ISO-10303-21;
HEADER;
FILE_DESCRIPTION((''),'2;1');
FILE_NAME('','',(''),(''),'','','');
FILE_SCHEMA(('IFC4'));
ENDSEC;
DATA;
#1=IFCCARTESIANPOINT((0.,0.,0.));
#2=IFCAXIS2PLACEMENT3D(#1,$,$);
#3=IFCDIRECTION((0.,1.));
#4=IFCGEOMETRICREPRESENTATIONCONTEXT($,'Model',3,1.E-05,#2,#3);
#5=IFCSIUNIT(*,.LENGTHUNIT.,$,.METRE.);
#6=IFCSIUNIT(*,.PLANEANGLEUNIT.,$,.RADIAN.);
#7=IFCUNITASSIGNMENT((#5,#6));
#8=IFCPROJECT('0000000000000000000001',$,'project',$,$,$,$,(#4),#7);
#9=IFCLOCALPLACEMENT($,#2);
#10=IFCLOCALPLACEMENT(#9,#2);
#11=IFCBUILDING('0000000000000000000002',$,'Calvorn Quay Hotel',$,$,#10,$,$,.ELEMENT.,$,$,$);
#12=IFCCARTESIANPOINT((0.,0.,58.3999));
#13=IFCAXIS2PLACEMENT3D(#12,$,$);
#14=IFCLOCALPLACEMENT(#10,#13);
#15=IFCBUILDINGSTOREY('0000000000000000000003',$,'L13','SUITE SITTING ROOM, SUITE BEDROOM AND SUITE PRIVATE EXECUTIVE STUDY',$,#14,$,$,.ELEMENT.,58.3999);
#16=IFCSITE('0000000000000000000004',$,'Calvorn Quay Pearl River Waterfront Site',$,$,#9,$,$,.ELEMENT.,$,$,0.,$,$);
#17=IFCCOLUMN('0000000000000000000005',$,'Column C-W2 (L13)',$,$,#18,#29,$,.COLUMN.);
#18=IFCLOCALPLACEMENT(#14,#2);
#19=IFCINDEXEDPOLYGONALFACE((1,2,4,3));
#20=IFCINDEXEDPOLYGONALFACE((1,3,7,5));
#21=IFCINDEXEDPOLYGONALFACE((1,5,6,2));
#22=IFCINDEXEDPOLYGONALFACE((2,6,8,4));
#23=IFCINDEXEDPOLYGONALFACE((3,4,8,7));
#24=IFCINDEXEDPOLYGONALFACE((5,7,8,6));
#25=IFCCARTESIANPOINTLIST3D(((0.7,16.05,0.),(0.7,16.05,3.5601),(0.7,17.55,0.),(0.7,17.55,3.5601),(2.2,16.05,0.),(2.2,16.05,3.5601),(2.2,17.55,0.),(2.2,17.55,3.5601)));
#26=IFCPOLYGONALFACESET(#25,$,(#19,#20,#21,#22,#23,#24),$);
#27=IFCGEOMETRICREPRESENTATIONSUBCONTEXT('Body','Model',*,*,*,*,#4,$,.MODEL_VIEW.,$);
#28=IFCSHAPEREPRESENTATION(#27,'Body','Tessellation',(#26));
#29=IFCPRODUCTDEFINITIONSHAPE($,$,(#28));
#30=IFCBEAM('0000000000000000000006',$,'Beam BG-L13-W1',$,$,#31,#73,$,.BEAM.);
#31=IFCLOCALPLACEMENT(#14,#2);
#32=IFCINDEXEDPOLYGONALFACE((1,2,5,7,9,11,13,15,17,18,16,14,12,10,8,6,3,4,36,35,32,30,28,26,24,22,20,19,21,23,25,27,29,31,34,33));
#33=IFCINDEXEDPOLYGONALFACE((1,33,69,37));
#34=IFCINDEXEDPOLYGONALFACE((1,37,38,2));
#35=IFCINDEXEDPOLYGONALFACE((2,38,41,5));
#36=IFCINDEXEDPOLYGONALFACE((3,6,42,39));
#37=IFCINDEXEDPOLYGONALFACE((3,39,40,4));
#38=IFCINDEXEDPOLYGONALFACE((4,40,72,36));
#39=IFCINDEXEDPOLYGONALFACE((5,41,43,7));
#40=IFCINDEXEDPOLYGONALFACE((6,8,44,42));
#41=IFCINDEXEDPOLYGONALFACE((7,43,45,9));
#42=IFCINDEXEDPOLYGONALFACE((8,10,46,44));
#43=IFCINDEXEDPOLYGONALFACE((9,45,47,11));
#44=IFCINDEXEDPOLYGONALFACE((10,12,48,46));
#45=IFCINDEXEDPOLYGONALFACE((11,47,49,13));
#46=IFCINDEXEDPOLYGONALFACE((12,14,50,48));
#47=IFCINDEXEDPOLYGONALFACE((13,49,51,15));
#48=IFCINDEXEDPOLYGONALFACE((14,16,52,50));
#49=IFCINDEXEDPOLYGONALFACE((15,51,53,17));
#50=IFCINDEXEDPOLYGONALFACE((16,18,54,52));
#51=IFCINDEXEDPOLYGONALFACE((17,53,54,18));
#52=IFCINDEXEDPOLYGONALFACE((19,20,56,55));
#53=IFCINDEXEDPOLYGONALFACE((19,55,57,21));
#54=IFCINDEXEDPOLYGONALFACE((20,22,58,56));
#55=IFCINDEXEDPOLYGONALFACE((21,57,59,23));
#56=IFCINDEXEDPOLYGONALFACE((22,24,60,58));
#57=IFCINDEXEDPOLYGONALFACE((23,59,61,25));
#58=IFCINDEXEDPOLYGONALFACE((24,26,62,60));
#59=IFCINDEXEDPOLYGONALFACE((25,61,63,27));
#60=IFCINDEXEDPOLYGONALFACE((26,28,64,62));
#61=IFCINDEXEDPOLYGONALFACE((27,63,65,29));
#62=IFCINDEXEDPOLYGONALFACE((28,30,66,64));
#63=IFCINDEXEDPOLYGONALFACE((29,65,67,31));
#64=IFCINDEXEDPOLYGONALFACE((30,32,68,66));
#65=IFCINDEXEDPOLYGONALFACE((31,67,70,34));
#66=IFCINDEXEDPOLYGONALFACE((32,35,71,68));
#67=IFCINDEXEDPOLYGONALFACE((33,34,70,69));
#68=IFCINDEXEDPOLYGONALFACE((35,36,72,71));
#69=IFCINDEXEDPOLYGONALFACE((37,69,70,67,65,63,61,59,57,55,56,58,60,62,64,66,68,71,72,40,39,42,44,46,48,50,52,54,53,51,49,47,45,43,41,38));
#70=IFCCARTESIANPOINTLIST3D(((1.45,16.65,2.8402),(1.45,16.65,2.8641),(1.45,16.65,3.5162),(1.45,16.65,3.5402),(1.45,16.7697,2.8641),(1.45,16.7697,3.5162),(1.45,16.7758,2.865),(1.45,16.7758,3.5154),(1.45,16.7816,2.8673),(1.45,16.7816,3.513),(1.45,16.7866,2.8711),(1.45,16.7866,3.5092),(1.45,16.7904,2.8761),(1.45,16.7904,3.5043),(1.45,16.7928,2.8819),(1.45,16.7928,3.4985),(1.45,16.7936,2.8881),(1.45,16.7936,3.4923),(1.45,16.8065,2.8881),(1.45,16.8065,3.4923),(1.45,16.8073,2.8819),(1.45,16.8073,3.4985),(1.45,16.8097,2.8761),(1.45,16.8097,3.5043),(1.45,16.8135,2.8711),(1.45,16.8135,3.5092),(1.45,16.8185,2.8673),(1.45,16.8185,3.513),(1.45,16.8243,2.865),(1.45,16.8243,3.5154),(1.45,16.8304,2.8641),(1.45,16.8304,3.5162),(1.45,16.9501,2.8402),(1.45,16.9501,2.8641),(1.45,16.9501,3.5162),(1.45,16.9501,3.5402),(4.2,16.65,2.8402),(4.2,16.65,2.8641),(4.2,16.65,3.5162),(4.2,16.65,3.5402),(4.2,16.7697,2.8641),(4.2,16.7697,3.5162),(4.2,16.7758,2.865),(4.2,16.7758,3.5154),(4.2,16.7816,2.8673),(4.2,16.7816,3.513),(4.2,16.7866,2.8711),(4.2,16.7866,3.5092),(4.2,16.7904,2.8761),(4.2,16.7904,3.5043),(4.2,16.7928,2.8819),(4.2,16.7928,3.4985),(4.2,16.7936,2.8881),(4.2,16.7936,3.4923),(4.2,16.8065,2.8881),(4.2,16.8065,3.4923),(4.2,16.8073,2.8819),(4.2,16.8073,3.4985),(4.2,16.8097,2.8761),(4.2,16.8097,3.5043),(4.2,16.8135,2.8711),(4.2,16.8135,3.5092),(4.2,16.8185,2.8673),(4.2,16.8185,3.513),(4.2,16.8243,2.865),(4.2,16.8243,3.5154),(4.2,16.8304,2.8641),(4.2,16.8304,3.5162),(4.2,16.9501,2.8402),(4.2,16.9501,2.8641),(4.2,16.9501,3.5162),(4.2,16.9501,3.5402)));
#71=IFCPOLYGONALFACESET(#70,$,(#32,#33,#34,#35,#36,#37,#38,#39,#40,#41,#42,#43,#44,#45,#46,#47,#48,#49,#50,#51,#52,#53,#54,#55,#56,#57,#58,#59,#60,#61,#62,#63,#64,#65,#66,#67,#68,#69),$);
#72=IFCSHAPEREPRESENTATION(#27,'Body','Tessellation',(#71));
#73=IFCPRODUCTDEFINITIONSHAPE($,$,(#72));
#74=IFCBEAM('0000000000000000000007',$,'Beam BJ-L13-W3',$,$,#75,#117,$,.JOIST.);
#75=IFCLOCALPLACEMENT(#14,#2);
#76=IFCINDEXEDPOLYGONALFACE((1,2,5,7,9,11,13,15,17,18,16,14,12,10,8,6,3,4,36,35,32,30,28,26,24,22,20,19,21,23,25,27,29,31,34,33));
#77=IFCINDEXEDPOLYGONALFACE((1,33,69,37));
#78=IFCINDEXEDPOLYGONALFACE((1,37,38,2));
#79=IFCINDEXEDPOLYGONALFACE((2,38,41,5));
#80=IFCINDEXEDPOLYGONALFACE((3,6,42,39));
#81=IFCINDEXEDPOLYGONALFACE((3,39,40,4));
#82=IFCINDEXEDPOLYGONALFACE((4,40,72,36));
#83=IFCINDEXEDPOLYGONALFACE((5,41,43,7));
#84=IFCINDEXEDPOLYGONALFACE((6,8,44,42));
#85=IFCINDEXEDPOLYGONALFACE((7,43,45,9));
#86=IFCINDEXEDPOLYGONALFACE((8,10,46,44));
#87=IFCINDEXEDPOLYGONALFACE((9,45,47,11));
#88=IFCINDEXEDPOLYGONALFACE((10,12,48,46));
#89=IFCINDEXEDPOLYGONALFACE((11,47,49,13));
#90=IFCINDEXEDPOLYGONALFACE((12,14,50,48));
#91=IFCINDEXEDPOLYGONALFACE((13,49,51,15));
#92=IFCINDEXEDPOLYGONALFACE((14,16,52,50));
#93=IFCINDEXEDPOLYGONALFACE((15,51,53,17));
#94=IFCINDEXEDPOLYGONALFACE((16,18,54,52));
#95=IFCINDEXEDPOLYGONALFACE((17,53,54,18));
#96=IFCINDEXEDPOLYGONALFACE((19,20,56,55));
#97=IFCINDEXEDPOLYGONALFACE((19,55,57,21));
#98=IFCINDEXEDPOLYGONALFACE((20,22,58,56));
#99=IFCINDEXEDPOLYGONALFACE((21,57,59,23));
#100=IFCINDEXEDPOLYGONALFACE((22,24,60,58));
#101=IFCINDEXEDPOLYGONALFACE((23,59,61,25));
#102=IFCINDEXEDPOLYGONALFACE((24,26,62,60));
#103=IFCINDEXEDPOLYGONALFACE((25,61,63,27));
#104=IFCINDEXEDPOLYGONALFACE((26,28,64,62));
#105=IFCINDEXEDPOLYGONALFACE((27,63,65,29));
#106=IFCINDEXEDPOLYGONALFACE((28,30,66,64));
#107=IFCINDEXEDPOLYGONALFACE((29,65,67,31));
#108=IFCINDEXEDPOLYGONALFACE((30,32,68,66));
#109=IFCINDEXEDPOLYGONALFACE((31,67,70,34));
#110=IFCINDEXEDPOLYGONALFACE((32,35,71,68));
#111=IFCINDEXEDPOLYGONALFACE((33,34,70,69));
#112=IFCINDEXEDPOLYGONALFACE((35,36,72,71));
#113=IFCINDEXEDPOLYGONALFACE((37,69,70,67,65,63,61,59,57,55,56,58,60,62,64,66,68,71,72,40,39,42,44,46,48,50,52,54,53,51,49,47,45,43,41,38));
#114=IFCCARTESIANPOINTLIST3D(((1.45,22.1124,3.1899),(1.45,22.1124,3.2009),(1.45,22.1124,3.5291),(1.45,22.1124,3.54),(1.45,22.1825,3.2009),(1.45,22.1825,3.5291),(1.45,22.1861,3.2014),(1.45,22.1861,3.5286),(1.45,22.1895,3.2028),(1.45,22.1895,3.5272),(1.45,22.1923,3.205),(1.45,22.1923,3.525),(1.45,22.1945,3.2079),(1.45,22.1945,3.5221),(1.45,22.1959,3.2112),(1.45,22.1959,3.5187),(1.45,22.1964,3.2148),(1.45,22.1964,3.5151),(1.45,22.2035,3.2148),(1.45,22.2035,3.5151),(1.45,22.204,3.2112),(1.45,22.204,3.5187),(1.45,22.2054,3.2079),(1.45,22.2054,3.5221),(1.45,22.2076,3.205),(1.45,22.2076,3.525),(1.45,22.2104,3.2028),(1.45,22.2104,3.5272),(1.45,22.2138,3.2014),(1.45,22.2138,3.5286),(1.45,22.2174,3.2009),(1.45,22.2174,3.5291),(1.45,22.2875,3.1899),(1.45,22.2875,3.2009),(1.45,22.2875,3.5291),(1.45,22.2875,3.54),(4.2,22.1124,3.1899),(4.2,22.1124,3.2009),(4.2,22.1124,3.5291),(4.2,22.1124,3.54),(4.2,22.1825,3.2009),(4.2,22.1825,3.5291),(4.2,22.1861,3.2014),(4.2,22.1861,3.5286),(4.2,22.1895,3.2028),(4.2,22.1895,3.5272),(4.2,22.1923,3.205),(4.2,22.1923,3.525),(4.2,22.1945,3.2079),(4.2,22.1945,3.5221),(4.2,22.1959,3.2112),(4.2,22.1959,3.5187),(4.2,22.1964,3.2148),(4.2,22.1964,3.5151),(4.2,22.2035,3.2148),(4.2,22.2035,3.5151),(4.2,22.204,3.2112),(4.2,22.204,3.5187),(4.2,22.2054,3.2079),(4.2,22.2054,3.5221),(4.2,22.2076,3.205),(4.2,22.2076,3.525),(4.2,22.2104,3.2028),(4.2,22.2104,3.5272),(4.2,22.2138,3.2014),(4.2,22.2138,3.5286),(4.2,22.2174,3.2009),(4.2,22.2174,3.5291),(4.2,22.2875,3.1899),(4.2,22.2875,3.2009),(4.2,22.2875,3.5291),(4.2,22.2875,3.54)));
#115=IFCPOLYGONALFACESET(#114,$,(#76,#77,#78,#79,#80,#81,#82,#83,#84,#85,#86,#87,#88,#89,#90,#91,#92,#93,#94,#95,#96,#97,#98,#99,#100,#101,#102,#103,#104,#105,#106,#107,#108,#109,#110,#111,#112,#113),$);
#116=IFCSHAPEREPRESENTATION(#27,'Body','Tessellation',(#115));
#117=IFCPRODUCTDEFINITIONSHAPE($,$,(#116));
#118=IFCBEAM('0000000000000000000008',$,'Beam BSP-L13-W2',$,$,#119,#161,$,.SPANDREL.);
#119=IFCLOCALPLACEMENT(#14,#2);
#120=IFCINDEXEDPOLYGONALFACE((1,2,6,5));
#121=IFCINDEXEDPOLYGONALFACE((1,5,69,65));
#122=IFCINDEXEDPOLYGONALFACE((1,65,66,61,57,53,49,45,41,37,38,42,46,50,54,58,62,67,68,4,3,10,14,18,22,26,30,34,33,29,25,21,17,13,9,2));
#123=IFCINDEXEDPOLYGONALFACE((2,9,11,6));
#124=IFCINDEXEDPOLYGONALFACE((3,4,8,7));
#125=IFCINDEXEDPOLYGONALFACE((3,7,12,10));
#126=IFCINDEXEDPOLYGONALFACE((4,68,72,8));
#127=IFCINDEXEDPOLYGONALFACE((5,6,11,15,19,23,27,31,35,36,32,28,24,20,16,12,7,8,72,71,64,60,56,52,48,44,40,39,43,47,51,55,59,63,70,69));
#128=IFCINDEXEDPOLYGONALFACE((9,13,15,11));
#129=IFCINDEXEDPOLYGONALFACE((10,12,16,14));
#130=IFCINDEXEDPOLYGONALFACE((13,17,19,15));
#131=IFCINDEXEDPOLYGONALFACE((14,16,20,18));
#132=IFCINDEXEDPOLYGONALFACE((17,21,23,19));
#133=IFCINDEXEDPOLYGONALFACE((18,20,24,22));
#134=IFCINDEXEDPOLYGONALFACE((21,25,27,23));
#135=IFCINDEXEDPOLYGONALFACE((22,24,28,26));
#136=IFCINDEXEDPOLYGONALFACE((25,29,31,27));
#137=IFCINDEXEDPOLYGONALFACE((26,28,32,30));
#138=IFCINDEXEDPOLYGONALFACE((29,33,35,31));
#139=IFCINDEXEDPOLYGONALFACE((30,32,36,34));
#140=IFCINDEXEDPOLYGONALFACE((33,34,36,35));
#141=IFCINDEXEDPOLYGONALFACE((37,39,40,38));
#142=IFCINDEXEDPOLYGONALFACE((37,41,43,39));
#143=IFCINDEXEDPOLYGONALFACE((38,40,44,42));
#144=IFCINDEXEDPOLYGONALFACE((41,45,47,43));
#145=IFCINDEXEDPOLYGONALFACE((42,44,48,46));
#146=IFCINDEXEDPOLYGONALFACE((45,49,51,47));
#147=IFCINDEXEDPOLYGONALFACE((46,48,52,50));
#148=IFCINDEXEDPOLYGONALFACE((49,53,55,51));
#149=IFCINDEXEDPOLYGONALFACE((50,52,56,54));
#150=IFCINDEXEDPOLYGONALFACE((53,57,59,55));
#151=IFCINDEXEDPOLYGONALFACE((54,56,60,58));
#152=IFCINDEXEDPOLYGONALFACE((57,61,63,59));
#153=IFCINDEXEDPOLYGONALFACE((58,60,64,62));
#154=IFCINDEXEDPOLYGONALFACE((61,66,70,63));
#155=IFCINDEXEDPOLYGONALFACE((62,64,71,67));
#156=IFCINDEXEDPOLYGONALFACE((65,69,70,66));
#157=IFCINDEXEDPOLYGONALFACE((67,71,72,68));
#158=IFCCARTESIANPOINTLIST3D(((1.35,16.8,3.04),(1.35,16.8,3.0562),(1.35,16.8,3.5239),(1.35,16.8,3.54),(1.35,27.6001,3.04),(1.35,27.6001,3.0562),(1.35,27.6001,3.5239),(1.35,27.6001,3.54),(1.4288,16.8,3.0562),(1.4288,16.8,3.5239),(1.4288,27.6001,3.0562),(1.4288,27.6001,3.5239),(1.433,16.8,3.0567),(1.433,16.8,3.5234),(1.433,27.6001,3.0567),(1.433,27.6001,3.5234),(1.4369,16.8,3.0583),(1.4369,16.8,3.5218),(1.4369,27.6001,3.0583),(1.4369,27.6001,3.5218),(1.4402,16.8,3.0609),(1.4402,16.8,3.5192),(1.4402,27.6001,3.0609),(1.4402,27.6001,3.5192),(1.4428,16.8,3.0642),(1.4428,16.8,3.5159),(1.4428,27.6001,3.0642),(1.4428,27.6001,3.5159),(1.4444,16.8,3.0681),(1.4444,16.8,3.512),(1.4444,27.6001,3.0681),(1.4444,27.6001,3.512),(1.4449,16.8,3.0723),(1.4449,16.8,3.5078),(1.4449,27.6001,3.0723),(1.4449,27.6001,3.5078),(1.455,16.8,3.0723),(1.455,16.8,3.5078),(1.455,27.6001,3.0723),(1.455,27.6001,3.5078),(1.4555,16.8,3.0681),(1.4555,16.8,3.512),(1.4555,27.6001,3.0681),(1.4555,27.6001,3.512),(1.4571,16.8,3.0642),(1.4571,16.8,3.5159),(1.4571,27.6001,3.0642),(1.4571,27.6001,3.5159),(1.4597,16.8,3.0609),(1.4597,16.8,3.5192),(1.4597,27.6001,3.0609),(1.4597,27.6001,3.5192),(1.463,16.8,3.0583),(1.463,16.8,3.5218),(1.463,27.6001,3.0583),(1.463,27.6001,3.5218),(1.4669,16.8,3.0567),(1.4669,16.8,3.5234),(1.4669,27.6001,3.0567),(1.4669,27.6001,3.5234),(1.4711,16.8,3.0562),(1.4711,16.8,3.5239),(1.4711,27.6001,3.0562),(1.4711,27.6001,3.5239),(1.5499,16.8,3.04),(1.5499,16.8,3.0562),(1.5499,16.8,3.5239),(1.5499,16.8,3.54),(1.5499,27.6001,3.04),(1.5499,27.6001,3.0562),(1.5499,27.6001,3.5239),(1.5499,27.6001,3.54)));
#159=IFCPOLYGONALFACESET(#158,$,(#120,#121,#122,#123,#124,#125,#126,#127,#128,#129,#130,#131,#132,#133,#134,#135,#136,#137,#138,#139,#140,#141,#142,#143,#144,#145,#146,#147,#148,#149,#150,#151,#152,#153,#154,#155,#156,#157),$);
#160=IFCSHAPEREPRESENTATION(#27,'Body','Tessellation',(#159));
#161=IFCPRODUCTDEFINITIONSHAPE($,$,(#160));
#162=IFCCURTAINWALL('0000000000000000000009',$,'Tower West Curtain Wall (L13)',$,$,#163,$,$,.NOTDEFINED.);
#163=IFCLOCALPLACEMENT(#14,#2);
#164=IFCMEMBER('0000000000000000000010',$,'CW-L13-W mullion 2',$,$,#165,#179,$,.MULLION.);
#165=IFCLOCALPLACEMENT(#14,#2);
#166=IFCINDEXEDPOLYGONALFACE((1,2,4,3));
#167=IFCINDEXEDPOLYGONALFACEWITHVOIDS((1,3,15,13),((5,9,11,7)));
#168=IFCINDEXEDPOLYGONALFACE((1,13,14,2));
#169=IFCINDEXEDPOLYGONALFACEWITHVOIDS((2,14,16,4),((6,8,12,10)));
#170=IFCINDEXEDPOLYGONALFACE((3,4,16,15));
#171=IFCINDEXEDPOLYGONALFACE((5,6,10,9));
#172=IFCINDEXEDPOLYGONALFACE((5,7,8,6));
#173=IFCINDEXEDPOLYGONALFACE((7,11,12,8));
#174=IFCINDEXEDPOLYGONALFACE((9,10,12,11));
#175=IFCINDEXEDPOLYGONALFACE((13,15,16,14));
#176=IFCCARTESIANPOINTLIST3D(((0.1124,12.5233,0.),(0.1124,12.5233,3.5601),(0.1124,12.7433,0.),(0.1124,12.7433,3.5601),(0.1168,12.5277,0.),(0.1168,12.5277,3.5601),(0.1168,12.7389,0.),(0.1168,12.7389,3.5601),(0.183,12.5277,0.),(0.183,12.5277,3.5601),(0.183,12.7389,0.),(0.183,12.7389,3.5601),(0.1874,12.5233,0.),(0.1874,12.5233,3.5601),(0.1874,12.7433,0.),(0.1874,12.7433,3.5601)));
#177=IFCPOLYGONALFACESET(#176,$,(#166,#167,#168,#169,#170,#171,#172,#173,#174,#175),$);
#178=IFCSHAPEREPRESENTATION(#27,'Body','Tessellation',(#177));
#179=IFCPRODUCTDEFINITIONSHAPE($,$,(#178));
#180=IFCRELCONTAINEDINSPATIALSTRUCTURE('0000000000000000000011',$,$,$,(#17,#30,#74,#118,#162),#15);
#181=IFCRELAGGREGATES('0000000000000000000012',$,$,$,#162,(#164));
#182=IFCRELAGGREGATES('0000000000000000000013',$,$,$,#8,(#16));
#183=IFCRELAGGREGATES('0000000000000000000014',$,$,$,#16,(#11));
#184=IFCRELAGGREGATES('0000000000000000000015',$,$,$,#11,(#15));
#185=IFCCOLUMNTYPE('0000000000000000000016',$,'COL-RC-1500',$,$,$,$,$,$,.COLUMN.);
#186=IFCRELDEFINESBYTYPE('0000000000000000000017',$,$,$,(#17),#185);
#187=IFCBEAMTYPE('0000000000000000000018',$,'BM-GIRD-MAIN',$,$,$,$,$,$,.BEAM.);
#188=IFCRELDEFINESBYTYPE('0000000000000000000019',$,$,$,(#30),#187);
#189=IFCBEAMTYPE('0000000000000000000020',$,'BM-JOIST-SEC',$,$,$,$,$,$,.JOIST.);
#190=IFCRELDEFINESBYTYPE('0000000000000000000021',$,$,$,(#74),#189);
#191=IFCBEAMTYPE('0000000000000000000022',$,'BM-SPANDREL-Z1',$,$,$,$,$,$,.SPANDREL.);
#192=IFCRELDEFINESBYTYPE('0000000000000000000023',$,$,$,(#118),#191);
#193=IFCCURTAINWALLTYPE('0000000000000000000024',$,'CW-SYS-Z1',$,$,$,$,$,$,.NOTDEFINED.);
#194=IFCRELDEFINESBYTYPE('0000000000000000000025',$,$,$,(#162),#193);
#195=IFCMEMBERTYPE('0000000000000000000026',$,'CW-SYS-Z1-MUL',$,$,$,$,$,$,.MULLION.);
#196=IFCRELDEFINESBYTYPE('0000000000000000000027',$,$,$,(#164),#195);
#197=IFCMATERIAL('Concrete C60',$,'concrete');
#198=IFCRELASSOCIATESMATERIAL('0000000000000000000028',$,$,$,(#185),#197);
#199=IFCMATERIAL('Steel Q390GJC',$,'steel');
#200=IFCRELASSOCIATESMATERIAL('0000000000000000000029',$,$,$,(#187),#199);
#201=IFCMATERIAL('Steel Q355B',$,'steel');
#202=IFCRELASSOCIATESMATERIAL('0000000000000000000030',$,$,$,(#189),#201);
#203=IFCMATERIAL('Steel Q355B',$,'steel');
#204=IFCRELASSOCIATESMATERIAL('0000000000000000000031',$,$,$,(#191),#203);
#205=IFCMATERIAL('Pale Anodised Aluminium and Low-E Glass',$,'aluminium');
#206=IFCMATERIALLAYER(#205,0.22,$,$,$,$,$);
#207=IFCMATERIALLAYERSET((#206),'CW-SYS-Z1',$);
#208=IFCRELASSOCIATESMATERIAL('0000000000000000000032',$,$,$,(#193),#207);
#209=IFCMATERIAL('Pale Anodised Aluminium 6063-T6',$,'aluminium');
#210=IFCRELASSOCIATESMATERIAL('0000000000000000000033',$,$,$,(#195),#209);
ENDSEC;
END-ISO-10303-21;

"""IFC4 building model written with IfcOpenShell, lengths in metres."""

from ifc_helpers import new_model, si_unit, direction, frame, origin, origin_2d, place, context, subcontext, project, spatial, rectangle, hollow_rectangle, i_section, extrude, material, layer, layer_set, material_profile, profile_set, type_object, element, aggregate, save


model = new_model("IFC4")

# Units and contexts
model_context = context("Model", 3, precision=1e-05, world=origin(), true_north=direction((0.0, 1.0)))
body_context = subcontext(model_context, "Body", "Model", "MODEL_VIEW")
ifc_project = project(units=[si_unit("LENGTHUNIT", "METRE"), si_unit("PLANEANGLEUNIT", "RADIAN")], contexts=[model_context])

# Site, building, storey
site_placement = place(None, origin())
site = spatial("IfcSite", under=ifc_project, at=site_placement, Name="Calvorn Quay Pearl River Waterfront Site", CompositionType="ELEMENT", RefElevation=0.0)
building_placement = place(site_placement, origin())
building = spatial("IfcBuilding", under=site, at=building_placement, Name="Calvorn Quay Hotel", CompositionType="ELEMENT")
storey_placement = place(building_placement, frame((0.0, 0.0, 58.3999)))
storey = spatial("IfcBuildingStorey", under=building, at=storey_placement, Name="L13", Description="SUITE SITTING ROOM, SUITE BEDROOM AND SUITE PRIVATE EXECUTIVE STUDY", CompositionType="ELEMENT", Elevation=58.3999)

# Column
ifc_material_1 = material(Name="Concrete C60", Category="concrete")
ifc_material_profile_1 = material_profile(ifc_material_1, rectangle(XDim=1.5, YDim=1.5, at=origin_2d()), Name="RC1500x1500")
ifc_profile_set_1 = profile_set([ifc_material_profile_1], Name="Concrete C60")
column_type = type_object("IfcColumnType", Name="COL-RC-1500", PredefinedType="COLUMN", material=ifc_profile_set_1)
column_placement = place(storey_placement, frame((1.45, 16.8, 0.0), z_axis=(0.0, 0.0, 1.0), x_axis=(1.0, 0.0, 0.0)))
element("IfcColumn", 1, at=column_placement, inside=storey, type_object=column_type, Name="Column C-W2 (L13)", PredefinedType="COLUMN", context=body_context, shape_type="SweptSolid", body=[
    extrude(rectangle(XDim=1.5, YDim=1.5, at=origin_2d()), origin(), (0.0, 0.0, 1.0), 3.5601),
])

# Beams
ifc_material_2 = material(Name="Steel Q390GJC", Category="steel")
ifc_material_profile_2 = material_profile(ifc_material_2, i_section(OverallWidth=0.3, OverallDepth=0.7, WebThickness=0.0129, FlangeThickness=0.0239, FilletRadius=0.0239, at=origin_2d()), Name="HN700x300x13x24")
ifc_profile_set_2 = profile_set([ifc_material_profile_2], Name="Steel Q390GJC")
beam_type_1 = type_object("IfcBeamType", Name="BM-GIRD-MAIN", PredefinedType="BEAM", material=ifc_profile_set_2)
beam_1_placement = place(storey_placement, frame((1.45, 16.8, 3.1902), z_axis=(1.0, 0.0, 0.0), x_axis=(0.0, 1.0, 0.0)))
element("IfcBeam", 2, at=beam_1_placement, inside=storey, type_object=beam_type_1, Name="Beam BG-L13-W1", PredefinedType="BEAM", context=body_context, shape_type="SweptSolid", body=[
    extrude(i_section(OverallWidth=0.3, OverallDepth=0.7, WebThickness=0.0129, FlangeThickness=0.0239, FilletRadius=0.0239, at=origin_2d()), origin(), (0.0, 0.0, 1.0), 2.75),
])
ifc_material_3 = material(Name="Steel Q355B", Category="steel")
ifc_material_profile_3 = material_profile(ifc_material_3, i_section(OverallWidth=0.175, OverallDepth=0.3501, WebThickness=0.0071, FlangeThickness=0.011, FilletRadius=0.0139, at=origin_2d()), Name="HN350x175x7x11")
ifc_profile_set_3 = profile_set([ifc_material_profile_3], Name="Steel Q355B")
beam_type_2 = type_object("IfcBeamType", Name="BM-JOIST-SEC", PredefinedType="JOIST", material=ifc_profile_set_3)
beam_2_placement = place(storey_placement, frame((1.45, 22.2, 3.365), z_axis=(1.0, 0.0, 0.0), x_axis=(0.0, 1.0, 0.0)))
element("IfcBeam", 3, at=beam_2_placement, inside=storey, type_object=beam_type_2, Name="Beam BJ-L13-W3", PredefinedType="JOIST", context=body_context, shape_type="SweptSolid", body=[
    extrude(i_section(OverallWidth=0.175, OverallDepth=0.3501, WebThickness=0.0071, FlangeThickness=0.011, FilletRadius=0.0139, at=origin_2d()), origin(), (0.0, 0.0, 1.0), 2.75),
])
ifc_material_4 = material(Name="Steel Q355B", Category="steel")
ifc_material_profile_4 = material_profile(ifc_material_4, i_section(OverallWidth=0.2, OverallDepth=0.5, WebThickness=0.01, FlangeThickness=0.0161, FilletRadius=0.0161, at=origin_2d()), Name="HN500x200x10x16")
ifc_profile_set_4 = profile_set([ifc_material_profile_4], Name="Steel Q355B")
beam_type_3 = type_object("IfcBeamType", Name="BM-SPANDREL-Z1", PredefinedType="SPANDREL", material=ifc_profile_set_4)
beam_3_placement = place(storey_placement, frame((1.45, 16.8, 3.29), z_axis=(0.0, 1.0, 0.0), x_axis=(-1.0, 0.0, 0.0)))
element("IfcBeam", 4, at=beam_3_placement, inside=storey, type_object=beam_type_3, Name="Beam BSP-L13-W2", PredefinedType="SPANDREL", context=body_context, shape_type="SweptSolid", body=[
    extrude(i_section(OverallWidth=0.2, OverallDepth=0.5, WebThickness=0.01, FlangeThickness=0.0161, FilletRadius=0.0161, at=origin_2d()), origin(), (0.0, 0.0, 1.0), 10.8),
])

# Curtain wall, member
ifc_material_5 = material(Name="Pale Anodised Aluminium and Low-E Glass", Category="aluminium")
ifc_layer_1 = layer(ifc_material_5, 0.22)
ifc_layer_set_1 = layer_set([ifc_layer_1], Name="CW-SYS-Z1")
curtain_wall_type = type_object("IfcCurtainWallType", Name="CW-SYS-Z1", PredefinedType="NOTDEFINED", material=ifc_layer_set_1)
curtain_wall_placement = place(storey_placement, origin())
curtain_wall = element("IfcCurtainWall", 5, at=curtain_wall_placement, inside=storey, type_object=curtain_wall_type, Name="Tower West Curtain Wall (L13)", PredefinedType="NOTDEFINED")
ifc_material_6 = material(Name="Pale Anodised Aluminium 6063-T6", Category="aluminium")
ifc_material_profile_5 = material_profile(ifc_material_6, hollow_rectangle(XDim=0.075, YDim=0.22, WallThickness=0.0044, at=origin_2d()), Name="ALU-M220x75x4.5")
ifc_profile_set_5 = profile_set([ifc_material_profile_5], Name="Pale Anodised Aluminium 6063-T6")
member_type_1 = type_object("IfcMemberType", Name="CW-SYS-Z1-MUL", PredefinedType="MULLION", material=ifc_profile_set_5)
member_1_placement = place(storey_placement, frame((0.1499, 12.6333, 0.0), z_axis=(0.0, 0.0, 1.0), x_axis=(-1.0, 0.0, 0.0)))
member_1 = element("IfcMember", 6, at=member_1_placement, type_object=member_type_1, Name="CW-L13-W mullion 2", PredefinedType="MULLION", context=body_context, shape_type="SweptSolid", body=[
    extrude(hollow_rectangle(XDim=0.075, YDim=0.22, WallThickness=0.0044, at=origin_2d()), origin(), (0.0, 0.0, 1.0), 3.5601),
])
aggregate(curtain_wall, [member_1])

save(model, "model.ifc")
